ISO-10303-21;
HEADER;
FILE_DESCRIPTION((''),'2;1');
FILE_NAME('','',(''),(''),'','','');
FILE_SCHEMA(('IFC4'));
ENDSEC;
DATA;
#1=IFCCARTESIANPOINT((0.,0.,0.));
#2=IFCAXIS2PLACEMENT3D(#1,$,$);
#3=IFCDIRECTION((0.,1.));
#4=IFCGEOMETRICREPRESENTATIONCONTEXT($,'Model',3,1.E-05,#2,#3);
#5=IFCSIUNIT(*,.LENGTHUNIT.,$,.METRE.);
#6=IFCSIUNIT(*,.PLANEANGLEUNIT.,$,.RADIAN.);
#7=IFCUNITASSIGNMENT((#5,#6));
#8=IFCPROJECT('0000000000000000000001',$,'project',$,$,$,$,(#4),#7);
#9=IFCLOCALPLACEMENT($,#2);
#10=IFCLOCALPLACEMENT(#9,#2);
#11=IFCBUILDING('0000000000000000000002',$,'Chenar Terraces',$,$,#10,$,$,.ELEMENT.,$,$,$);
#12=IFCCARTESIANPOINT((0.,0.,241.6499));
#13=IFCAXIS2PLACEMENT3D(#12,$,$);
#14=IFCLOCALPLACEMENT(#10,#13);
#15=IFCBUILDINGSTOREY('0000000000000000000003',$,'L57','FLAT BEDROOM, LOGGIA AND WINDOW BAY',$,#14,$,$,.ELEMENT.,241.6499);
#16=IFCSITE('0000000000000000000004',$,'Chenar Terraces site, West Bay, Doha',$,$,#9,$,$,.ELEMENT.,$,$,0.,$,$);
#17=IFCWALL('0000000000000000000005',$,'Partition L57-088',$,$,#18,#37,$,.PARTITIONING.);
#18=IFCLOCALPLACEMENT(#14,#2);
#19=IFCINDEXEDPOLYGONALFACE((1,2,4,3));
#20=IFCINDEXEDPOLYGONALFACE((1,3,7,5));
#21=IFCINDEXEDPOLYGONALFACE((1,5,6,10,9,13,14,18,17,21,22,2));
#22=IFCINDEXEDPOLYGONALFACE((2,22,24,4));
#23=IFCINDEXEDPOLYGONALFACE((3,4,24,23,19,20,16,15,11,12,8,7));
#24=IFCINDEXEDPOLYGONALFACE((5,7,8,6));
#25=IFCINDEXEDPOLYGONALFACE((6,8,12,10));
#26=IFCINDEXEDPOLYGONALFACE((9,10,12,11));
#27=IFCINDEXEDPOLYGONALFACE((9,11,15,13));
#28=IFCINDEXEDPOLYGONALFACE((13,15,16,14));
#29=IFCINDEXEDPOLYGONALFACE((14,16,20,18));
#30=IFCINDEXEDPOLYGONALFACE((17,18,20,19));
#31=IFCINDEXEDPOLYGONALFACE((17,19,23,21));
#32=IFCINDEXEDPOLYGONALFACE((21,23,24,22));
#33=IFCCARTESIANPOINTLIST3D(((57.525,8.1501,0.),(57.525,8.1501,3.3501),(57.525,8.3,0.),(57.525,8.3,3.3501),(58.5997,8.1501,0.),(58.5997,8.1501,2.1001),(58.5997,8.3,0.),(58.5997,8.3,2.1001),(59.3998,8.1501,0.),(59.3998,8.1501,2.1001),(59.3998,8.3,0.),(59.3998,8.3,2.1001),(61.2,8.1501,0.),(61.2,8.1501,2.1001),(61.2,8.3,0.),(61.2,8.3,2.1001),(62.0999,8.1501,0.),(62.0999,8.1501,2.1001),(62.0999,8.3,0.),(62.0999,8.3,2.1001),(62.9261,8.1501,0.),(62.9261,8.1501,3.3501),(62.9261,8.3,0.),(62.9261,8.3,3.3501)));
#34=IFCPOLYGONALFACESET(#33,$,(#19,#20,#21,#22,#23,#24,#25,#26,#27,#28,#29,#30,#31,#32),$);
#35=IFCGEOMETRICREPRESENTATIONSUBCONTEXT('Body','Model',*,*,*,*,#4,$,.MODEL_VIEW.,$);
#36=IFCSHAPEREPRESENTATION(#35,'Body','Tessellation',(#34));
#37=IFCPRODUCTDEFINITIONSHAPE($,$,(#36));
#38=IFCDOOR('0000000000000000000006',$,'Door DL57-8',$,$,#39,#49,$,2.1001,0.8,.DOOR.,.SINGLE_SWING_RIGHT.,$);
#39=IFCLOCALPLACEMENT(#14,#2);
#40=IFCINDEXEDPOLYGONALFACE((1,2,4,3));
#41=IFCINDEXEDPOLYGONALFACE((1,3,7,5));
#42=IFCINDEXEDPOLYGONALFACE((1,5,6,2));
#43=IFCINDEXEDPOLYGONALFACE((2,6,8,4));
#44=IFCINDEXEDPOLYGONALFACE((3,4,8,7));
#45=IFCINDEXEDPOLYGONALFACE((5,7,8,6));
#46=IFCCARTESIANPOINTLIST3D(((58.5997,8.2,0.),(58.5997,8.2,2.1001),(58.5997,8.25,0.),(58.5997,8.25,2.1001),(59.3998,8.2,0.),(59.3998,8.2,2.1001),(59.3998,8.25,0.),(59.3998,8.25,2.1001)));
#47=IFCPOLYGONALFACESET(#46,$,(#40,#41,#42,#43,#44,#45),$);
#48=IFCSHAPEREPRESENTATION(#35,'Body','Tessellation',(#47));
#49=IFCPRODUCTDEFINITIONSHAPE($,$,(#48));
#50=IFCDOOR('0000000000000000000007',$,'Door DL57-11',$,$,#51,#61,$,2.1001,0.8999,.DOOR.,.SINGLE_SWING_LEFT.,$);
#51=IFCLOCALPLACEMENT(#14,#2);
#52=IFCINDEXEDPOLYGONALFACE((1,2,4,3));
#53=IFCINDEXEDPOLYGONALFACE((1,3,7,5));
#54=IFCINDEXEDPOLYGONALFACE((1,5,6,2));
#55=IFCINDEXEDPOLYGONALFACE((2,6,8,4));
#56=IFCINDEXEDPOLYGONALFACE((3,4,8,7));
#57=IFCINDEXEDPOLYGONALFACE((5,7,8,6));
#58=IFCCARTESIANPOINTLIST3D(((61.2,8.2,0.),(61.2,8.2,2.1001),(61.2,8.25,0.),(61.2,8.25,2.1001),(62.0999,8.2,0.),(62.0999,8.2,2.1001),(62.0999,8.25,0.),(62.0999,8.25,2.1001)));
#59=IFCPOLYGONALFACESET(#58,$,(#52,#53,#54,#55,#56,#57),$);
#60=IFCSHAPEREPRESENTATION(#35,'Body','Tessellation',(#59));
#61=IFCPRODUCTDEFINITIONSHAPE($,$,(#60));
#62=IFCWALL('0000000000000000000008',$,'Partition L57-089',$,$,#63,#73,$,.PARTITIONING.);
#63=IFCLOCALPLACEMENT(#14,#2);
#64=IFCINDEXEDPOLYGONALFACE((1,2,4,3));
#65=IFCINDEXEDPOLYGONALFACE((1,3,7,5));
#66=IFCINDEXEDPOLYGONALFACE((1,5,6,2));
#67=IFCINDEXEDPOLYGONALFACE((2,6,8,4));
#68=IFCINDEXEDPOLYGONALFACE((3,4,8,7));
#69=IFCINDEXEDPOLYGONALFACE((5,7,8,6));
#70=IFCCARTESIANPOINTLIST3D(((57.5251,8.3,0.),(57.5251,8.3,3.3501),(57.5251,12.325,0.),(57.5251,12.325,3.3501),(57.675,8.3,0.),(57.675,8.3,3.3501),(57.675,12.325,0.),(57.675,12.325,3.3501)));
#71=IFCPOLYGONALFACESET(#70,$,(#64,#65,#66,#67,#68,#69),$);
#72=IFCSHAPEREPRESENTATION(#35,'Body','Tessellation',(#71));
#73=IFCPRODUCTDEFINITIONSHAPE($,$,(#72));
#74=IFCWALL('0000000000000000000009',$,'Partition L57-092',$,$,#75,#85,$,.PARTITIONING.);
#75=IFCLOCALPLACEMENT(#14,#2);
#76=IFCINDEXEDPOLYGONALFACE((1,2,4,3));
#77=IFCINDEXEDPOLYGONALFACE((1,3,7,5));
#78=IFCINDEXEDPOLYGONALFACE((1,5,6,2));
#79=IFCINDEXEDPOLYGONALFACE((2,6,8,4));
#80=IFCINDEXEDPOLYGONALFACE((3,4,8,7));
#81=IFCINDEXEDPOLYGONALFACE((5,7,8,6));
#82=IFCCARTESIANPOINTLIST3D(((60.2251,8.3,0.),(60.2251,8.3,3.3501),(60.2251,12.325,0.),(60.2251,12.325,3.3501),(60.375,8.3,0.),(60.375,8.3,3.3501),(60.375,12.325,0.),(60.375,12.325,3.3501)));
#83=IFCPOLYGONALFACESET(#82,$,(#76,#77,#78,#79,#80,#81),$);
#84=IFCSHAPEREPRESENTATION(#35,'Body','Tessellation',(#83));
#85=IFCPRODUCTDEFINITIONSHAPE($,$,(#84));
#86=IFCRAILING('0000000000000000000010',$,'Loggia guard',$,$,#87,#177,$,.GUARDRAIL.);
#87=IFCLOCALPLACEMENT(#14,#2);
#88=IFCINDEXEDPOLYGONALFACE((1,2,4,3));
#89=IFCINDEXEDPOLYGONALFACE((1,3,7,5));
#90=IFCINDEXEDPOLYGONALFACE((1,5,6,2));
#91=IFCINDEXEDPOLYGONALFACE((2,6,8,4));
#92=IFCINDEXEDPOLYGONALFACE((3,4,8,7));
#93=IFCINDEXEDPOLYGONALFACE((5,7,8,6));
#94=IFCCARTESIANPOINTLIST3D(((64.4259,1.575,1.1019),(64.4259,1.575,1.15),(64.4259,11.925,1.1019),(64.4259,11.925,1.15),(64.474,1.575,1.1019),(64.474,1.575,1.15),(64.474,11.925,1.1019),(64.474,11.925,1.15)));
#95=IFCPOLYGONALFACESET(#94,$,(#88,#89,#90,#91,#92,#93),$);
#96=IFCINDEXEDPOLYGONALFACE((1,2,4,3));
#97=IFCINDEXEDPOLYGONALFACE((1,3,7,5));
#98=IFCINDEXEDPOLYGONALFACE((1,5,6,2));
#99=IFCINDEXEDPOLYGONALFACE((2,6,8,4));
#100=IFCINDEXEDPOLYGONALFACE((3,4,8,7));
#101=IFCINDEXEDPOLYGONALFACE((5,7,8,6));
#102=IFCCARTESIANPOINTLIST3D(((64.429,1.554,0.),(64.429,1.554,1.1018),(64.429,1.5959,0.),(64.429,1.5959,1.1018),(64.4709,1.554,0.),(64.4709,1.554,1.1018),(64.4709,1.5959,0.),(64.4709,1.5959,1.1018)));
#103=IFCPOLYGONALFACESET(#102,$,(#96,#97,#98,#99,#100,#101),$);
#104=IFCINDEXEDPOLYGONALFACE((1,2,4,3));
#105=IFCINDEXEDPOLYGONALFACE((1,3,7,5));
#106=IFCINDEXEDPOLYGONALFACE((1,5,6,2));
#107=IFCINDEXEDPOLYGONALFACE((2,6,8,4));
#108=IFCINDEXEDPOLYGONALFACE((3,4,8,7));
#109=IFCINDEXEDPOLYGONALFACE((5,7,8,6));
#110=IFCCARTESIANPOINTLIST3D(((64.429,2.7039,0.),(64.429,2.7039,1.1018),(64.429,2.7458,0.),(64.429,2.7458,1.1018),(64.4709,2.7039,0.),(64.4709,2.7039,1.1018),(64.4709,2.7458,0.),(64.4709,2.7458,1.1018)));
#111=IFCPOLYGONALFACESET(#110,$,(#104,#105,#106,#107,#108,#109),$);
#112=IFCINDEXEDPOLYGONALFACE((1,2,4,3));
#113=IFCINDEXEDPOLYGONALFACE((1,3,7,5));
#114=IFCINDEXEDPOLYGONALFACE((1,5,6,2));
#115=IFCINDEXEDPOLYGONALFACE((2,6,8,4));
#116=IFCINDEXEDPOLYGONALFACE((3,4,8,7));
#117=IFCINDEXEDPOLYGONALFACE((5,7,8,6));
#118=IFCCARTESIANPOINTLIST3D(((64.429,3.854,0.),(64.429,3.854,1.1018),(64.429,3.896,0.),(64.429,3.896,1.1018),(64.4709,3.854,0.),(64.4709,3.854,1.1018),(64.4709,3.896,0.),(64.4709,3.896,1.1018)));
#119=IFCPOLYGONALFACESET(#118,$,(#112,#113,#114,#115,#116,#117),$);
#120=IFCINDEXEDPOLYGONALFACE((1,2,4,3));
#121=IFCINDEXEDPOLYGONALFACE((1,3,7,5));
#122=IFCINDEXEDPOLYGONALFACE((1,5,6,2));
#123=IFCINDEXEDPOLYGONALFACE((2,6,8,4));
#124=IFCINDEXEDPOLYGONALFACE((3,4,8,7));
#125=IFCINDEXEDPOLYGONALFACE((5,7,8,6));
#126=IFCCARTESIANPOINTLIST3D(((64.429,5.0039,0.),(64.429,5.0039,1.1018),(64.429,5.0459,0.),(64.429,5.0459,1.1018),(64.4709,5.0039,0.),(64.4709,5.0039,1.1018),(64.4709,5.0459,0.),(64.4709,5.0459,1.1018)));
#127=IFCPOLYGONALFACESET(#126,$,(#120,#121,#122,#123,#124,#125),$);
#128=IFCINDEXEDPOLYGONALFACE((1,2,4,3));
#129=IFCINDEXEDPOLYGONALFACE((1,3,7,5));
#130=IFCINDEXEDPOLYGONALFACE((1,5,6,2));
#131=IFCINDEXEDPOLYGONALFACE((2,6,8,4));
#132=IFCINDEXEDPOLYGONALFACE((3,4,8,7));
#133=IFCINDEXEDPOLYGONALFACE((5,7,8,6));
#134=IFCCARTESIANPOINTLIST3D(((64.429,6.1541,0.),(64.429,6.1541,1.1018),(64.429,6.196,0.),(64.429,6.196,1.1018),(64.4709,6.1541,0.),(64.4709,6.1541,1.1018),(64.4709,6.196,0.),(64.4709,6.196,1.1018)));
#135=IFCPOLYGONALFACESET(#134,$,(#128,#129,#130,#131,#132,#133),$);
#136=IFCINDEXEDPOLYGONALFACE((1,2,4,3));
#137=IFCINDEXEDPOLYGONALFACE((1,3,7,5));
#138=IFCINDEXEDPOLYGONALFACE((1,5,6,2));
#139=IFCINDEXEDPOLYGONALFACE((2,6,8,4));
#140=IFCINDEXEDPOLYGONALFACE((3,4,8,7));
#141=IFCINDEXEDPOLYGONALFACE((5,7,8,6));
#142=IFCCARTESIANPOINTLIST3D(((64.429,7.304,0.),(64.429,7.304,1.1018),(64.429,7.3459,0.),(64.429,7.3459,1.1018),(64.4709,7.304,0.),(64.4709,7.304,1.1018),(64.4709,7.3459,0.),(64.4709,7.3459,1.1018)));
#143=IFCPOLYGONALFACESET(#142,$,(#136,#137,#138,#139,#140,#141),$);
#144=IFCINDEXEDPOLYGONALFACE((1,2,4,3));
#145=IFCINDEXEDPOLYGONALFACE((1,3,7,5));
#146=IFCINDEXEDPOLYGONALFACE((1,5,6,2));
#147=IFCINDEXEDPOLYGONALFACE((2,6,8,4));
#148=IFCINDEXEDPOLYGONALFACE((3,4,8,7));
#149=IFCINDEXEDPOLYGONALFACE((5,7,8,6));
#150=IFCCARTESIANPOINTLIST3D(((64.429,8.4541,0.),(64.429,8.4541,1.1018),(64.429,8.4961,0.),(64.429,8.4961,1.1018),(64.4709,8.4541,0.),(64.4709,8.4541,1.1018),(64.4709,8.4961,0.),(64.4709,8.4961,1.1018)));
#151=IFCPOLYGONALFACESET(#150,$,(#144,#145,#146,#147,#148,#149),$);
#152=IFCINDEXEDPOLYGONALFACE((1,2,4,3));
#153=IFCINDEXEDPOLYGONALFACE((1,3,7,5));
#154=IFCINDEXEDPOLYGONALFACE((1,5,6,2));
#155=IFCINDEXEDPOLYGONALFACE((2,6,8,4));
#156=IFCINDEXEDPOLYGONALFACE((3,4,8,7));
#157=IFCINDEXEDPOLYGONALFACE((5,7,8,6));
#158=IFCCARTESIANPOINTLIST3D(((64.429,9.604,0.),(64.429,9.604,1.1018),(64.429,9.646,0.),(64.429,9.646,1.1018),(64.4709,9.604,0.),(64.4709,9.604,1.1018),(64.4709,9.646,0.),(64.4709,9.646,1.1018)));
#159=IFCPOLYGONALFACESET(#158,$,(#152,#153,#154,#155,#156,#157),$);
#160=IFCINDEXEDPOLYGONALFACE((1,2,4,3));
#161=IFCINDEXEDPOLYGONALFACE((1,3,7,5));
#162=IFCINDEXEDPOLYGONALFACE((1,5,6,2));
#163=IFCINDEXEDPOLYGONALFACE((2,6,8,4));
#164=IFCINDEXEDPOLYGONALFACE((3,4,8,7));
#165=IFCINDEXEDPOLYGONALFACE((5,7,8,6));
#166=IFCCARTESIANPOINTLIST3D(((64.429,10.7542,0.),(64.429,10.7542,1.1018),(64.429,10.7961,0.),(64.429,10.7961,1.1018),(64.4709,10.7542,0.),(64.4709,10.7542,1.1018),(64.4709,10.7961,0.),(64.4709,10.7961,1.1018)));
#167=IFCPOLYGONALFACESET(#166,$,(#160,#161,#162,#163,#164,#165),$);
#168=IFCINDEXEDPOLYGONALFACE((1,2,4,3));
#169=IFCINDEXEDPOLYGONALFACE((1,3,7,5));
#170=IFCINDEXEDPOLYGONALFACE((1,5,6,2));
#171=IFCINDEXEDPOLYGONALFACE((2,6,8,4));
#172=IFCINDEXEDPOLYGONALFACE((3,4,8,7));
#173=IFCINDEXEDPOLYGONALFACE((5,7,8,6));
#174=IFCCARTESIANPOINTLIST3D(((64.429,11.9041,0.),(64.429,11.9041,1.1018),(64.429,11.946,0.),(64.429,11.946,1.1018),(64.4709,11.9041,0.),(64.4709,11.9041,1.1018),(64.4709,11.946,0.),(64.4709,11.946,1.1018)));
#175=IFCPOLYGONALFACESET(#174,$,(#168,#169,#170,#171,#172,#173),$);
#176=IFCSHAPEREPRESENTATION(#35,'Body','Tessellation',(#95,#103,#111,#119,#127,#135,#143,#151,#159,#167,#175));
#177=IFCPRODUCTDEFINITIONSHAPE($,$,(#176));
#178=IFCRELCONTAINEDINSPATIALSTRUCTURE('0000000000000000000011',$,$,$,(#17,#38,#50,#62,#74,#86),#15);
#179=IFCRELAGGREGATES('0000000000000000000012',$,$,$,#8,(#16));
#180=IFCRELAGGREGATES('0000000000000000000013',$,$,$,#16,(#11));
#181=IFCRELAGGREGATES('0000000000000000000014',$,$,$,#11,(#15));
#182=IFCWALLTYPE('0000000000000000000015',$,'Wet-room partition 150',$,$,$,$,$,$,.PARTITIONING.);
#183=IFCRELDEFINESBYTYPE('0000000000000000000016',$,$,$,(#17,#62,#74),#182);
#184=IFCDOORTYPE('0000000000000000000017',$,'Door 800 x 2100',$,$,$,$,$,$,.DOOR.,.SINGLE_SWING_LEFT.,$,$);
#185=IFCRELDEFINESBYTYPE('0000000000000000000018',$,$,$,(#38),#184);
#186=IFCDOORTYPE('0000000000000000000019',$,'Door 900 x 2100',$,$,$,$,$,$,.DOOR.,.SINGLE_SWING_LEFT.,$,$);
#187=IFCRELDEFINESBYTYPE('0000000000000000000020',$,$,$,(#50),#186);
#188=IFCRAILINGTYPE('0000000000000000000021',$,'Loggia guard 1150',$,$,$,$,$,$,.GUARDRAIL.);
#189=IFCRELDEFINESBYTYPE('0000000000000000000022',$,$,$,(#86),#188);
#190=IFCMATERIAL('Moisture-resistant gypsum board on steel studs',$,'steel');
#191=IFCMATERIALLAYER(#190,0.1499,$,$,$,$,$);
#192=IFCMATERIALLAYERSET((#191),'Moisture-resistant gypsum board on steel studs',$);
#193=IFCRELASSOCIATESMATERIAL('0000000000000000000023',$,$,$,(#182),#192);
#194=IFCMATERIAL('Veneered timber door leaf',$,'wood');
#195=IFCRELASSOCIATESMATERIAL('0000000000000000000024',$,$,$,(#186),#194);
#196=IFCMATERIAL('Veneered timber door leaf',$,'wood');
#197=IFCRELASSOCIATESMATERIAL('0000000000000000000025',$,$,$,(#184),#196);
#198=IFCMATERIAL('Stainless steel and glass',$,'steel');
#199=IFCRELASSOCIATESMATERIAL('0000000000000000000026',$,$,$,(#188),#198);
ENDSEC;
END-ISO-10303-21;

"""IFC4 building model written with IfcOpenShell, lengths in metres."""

from ifc_helpers import new_model, si_unit, direction, frame, frame_2d, origin, origin_2d, place, context, subcontext, project, spatial, rectangle, extrude, material, layer, layer_set, type_object, element, fill, save


model = new_model("IFC4")

# Units and contexts
model_context = context("Model", 3, precision=1e-05, world=origin(), true_north=direction((0.0, 1.0)))
body_context = subcontext(model_context, "Body", "Model", "MODEL_VIEW")
ifc_project = project(units=[si_unit("LENGTHUNIT", "METRE"), si_unit("PLANEANGLEUNIT", "RADIAN")], contexts=[model_context])

# Site, building, storey
site_placement = place(None, origin())
site = spatial("IfcSite", under=ifc_project, at=site_placement, Name="Chenar Terraces site, West Bay, Doha", CompositionType="ELEMENT", RefElevation=0.0)
building_placement = place(site_placement, origin())
building = spatial("IfcBuilding", under=site, at=building_placement, Name="Chenar Terraces", CompositionType="ELEMENT")
storey_placement = place(building_placement, frame((0.0, 0.0, 241.6499)))
storey = spatial("IfcBuildingStorey", under=building, at=storey_placement, Name="L57", Description="FLAT BEDROOM, LOGGIA AND WINDOW BAY", CompositionType="ELEMENT", Elevation=241.6499)

# Shared definitions
ifc_material_1 = material(Name="Moisture-resistant gypsum board on steel studs", Category="steel")
ifc_layer_1 = layer(ifc_material_1, 0.1499)
ifc_layer_set_1 = layer_set([ifc_layer_1], Name="Moisture-resistant gypsum board on steel studs")
wall_type_1 = type_object("IfcWallType", Name="Wet-room partition 150", PredefinedType="PARTITIONING", material=ifc_layer_set_1)

# Shared definitions
ifc_material_2 = material(Name="Veneered timber door leaf", Category="wood")
door_type_1 = type_object("IfcDoorType", Name="Door 900 x 2100", OperationType="SINGLE_SWING_LEFT", PredefinedType="DOOR", material=ifc_material_2)
ifc_material_3 = material(Name="Veneered timber door leaf", Category="wood")
door_type_2 = type_object("IfcDoorType", Name="Door 800 x 2100", OperationType="SINGLE_SWING_LEFT", PredefinedType="DOOR", material=ifc_material_3)

# Wall, openings, doors
wall_1_placement = place(storey_placement, frame((57.5249, 8.2251, 0.0), z_axis=(0.0, 0.0, 1.0), x_axis=(1.0, 0.0, 0.0)))
wall_1 = element("IfcWall", 1, at=wall_1_placement, inside=storey, type_object=wall_type_1, Name="Partition L57-088", PredefinedType="PARTITIONING", context=body_context, shape_type="SweptSolid", body=[
    extrude(rectangle(XDim=5.4011, YDim=0.1499, at=frame_2d((2.7007, 0.0))), origin(), (0.0, 0.0, 1.0), 3.3501),
])
opening_1_placement = place(wall_1_placement, frame((1.075, 0.0, 0.0)))
opening_1 = element("IfcOpeningElement", 2, at=opening_1_placement, cuts=wall_1, PredefinedType="OPENING", context=body_context, shape_type="SweptSolid", body=[
    extrude(rectangle(XDim=0.8, YDim=2.1001, at=frame_2d((0.3999, 1.05))), frame((0.0, 0.085, 0.0), z_axis=(0.0, -1.0, 0.0), x_axis=(1.0, 0.0, 0.0)), (0.0, 0.0, 1.0), 0.1699),
])
opening_2_placement = place(wall_1_placement, frame((3.675, 0.0, 0.0)))
opening_2 = element("IfcOpeningElement", 3, at=opening_2_placement, cuts=wall_1, PredefinedType="OPENING", context=body_context, shape_type="SweptSolid", body=[
    extrude(rectangle(XDim=0.8999, YDim=2.1001, at=frame_2d((0.45, 1.05))), frame((0.0, 0.085, 0.0), z_axis=(0.0, -1.0, 0.0), x_axis=(1.0, 0.0, 0.0)), (0.0, 0.0, 1.0), 0.1699),
])
door_1_placement = place(opening_1_placement, origin())
door_1 = element("IfcDoor", 4, at=door_1_placement, inside=storey, type_object=door_type_2, Name="Door DL57-8", OperationType="SINGLE_SWING_RIGHT", OverallHeight=2.1001, OverallWidth=0.8, PredefinedType="DOOR", context=body_context, shape_type="SweptSolid", body=[
    extrude(rectangle(XDim=0.8, YDim=2.1001, at=frame_2d((0.3999, 1.05))), frame((0.0, 0.0249, 0.0), z_axis=(0.0, -1.0, 0.0), x_axis=(1.0, 0.0, 0.0)), (0.0, 0.0, 1.0), 0.05),
])
fill(opening_1, door_1)
door_2_placement = place(opening_2_placement, origin())
door_2 = element("IfcDoor", 5, at=door_2_placement, inside=storey, type_object=door_type_1, Name="Door DL57-11", OperationType="SINGLE_SWING_LEFT", OverallHeight=2.1001, OverallWidth=0.8999, PredefinedType="DOOR", context=body_context, shape_type="SweptSolid", body=[
    extrude(rectangle(XDim=0.8999, YDim=2.1001, at=frame_2d((0.45, 1.05))), frame((0.0, 0.0249, 0.0), z_axis=(0.0, -1.0, 0.0), x_axis=(1.0, 0.0, 0.0)), (0.0, 0.0, 1.0), 0.05),
])
fill(opening_2, door_2)

# Walls
for number, where, z_axis, x_axis, name in (
    (6, (57.6001, 8.3, 0.0), (0.0, 0.0, 1.0), (0.0, 1.0, 0.0), "Partition L57-089"),
    (7, (60.3, 8.3, 0.0), (0.0, 0.0, 1.0), (0.0, 1.0, 0.0), "Partition L57-092"),
):
    element("IfcWall", number, at=place(storey_placement, frame(where, z_axis=z_axis, x_axis=x_axis)), inside=storey, type_object=wall_type_1, Name=name, PredefinedType="PARTITIONING", context=body_context, shape_type="SweptSolid", body=[
        extrude(rectangle(XDim=4.0249, YDim=0.1499, at=frame_2d((2.0125, 0.0))), origin(), (0.0, 0.0, 1.0), 3.3501),
    ])

# Railing
ifc_material_4 = material(Name="Stainless steel and glass", Category="steel")
railing_type = type_object("IfcRailingType", Name="Loggia guard 1150", PredefinedType="GUARDRAIL", material=ifc_material_4)
railing_placement = place(storey_placement, frame((64.45, 1.575, 0.0)))
element("IfcRailing", 8, at=railing_placement, inside=storey, type_object=railing_type, Name="Loggia guard", PredefinedType="GUARDRAIL", context=body_context, shape_type="SweptSolid", body=[
    extrude(rectangle(XDim=0.0481, YDim=0.0481, at=origin_2d()), frame((0.0, 0.0, 1.126), z_axis=(0.0, 1.0, 0.0), x_axis=(-1.0, 0.0, 0.0)), (0.0, 0.0, 1.0), 10.3501),
    extrude(rectangle(XDim=0.042, YDim=0.042, at=origin_2d()), origin(), (0.0, 0.0, 1.0), 1.1018),
    extrude(rectangle(XDim=0.042, YDim=0.042, at=origin_2d()), frame((0.0, 1.1499, 0.0)), (0.0, 0.0, 1.0), 1.1018),
    extrude(rectangle(XDim=0.042, YDim=0.042, at=origin_2d()), frame((0.0, 2.3, 0.0)), (0.0, 0.0, 1.0), 1.1018),
    extrude(rectangle(XDim=0.042, YDim=0.042, at=origin_2d()), frame((0.0, 3.45, 0.0)), (0.0, 0.0, 1.0), 1.1018),
    extrude(rectangle(XDim=0.042, YDim=0.042, at=origin_2d()), frame((0.0, 4.6001, 0.0)), (0.0, 0.0, 1.0), 1.1018),
    extrude(rectangle(XDim=0.042, YDim=0.042, at=origin_2d()), frame((0.0, 5.75, 0.0)), (0.0, 0.0, 1.0), 1.1018),
    extrude(rectangle(XDim=0.042, YDim=0.042, at=origin_2d()), frame((0.0, 6.9001, 0.0)), (0.0, 0.0, 1.0), 1.1018),
    extrude(rectangle(XDim=0.042, YDim=0.042, at=origin_2d()), frame((0.0, 8.05, 0.0)), (0.0, 0.0, 1.0), 1.1018),
    extrude(rectangle(XDim=0.042, YDim=0.042, at=origin_2d()), frame((0.0, 9.2002, 0.0)), (0.0, 0.0, 1.0), 1.1018),
    extrude(rectangle(XDim=0.042, YDim=0.042, at=origin_2d()), frame((0.0, 10.3501, 0.0)), (0.0, 0.0, 1.0), 1.1018),
])

save(model, "model.ifc")
